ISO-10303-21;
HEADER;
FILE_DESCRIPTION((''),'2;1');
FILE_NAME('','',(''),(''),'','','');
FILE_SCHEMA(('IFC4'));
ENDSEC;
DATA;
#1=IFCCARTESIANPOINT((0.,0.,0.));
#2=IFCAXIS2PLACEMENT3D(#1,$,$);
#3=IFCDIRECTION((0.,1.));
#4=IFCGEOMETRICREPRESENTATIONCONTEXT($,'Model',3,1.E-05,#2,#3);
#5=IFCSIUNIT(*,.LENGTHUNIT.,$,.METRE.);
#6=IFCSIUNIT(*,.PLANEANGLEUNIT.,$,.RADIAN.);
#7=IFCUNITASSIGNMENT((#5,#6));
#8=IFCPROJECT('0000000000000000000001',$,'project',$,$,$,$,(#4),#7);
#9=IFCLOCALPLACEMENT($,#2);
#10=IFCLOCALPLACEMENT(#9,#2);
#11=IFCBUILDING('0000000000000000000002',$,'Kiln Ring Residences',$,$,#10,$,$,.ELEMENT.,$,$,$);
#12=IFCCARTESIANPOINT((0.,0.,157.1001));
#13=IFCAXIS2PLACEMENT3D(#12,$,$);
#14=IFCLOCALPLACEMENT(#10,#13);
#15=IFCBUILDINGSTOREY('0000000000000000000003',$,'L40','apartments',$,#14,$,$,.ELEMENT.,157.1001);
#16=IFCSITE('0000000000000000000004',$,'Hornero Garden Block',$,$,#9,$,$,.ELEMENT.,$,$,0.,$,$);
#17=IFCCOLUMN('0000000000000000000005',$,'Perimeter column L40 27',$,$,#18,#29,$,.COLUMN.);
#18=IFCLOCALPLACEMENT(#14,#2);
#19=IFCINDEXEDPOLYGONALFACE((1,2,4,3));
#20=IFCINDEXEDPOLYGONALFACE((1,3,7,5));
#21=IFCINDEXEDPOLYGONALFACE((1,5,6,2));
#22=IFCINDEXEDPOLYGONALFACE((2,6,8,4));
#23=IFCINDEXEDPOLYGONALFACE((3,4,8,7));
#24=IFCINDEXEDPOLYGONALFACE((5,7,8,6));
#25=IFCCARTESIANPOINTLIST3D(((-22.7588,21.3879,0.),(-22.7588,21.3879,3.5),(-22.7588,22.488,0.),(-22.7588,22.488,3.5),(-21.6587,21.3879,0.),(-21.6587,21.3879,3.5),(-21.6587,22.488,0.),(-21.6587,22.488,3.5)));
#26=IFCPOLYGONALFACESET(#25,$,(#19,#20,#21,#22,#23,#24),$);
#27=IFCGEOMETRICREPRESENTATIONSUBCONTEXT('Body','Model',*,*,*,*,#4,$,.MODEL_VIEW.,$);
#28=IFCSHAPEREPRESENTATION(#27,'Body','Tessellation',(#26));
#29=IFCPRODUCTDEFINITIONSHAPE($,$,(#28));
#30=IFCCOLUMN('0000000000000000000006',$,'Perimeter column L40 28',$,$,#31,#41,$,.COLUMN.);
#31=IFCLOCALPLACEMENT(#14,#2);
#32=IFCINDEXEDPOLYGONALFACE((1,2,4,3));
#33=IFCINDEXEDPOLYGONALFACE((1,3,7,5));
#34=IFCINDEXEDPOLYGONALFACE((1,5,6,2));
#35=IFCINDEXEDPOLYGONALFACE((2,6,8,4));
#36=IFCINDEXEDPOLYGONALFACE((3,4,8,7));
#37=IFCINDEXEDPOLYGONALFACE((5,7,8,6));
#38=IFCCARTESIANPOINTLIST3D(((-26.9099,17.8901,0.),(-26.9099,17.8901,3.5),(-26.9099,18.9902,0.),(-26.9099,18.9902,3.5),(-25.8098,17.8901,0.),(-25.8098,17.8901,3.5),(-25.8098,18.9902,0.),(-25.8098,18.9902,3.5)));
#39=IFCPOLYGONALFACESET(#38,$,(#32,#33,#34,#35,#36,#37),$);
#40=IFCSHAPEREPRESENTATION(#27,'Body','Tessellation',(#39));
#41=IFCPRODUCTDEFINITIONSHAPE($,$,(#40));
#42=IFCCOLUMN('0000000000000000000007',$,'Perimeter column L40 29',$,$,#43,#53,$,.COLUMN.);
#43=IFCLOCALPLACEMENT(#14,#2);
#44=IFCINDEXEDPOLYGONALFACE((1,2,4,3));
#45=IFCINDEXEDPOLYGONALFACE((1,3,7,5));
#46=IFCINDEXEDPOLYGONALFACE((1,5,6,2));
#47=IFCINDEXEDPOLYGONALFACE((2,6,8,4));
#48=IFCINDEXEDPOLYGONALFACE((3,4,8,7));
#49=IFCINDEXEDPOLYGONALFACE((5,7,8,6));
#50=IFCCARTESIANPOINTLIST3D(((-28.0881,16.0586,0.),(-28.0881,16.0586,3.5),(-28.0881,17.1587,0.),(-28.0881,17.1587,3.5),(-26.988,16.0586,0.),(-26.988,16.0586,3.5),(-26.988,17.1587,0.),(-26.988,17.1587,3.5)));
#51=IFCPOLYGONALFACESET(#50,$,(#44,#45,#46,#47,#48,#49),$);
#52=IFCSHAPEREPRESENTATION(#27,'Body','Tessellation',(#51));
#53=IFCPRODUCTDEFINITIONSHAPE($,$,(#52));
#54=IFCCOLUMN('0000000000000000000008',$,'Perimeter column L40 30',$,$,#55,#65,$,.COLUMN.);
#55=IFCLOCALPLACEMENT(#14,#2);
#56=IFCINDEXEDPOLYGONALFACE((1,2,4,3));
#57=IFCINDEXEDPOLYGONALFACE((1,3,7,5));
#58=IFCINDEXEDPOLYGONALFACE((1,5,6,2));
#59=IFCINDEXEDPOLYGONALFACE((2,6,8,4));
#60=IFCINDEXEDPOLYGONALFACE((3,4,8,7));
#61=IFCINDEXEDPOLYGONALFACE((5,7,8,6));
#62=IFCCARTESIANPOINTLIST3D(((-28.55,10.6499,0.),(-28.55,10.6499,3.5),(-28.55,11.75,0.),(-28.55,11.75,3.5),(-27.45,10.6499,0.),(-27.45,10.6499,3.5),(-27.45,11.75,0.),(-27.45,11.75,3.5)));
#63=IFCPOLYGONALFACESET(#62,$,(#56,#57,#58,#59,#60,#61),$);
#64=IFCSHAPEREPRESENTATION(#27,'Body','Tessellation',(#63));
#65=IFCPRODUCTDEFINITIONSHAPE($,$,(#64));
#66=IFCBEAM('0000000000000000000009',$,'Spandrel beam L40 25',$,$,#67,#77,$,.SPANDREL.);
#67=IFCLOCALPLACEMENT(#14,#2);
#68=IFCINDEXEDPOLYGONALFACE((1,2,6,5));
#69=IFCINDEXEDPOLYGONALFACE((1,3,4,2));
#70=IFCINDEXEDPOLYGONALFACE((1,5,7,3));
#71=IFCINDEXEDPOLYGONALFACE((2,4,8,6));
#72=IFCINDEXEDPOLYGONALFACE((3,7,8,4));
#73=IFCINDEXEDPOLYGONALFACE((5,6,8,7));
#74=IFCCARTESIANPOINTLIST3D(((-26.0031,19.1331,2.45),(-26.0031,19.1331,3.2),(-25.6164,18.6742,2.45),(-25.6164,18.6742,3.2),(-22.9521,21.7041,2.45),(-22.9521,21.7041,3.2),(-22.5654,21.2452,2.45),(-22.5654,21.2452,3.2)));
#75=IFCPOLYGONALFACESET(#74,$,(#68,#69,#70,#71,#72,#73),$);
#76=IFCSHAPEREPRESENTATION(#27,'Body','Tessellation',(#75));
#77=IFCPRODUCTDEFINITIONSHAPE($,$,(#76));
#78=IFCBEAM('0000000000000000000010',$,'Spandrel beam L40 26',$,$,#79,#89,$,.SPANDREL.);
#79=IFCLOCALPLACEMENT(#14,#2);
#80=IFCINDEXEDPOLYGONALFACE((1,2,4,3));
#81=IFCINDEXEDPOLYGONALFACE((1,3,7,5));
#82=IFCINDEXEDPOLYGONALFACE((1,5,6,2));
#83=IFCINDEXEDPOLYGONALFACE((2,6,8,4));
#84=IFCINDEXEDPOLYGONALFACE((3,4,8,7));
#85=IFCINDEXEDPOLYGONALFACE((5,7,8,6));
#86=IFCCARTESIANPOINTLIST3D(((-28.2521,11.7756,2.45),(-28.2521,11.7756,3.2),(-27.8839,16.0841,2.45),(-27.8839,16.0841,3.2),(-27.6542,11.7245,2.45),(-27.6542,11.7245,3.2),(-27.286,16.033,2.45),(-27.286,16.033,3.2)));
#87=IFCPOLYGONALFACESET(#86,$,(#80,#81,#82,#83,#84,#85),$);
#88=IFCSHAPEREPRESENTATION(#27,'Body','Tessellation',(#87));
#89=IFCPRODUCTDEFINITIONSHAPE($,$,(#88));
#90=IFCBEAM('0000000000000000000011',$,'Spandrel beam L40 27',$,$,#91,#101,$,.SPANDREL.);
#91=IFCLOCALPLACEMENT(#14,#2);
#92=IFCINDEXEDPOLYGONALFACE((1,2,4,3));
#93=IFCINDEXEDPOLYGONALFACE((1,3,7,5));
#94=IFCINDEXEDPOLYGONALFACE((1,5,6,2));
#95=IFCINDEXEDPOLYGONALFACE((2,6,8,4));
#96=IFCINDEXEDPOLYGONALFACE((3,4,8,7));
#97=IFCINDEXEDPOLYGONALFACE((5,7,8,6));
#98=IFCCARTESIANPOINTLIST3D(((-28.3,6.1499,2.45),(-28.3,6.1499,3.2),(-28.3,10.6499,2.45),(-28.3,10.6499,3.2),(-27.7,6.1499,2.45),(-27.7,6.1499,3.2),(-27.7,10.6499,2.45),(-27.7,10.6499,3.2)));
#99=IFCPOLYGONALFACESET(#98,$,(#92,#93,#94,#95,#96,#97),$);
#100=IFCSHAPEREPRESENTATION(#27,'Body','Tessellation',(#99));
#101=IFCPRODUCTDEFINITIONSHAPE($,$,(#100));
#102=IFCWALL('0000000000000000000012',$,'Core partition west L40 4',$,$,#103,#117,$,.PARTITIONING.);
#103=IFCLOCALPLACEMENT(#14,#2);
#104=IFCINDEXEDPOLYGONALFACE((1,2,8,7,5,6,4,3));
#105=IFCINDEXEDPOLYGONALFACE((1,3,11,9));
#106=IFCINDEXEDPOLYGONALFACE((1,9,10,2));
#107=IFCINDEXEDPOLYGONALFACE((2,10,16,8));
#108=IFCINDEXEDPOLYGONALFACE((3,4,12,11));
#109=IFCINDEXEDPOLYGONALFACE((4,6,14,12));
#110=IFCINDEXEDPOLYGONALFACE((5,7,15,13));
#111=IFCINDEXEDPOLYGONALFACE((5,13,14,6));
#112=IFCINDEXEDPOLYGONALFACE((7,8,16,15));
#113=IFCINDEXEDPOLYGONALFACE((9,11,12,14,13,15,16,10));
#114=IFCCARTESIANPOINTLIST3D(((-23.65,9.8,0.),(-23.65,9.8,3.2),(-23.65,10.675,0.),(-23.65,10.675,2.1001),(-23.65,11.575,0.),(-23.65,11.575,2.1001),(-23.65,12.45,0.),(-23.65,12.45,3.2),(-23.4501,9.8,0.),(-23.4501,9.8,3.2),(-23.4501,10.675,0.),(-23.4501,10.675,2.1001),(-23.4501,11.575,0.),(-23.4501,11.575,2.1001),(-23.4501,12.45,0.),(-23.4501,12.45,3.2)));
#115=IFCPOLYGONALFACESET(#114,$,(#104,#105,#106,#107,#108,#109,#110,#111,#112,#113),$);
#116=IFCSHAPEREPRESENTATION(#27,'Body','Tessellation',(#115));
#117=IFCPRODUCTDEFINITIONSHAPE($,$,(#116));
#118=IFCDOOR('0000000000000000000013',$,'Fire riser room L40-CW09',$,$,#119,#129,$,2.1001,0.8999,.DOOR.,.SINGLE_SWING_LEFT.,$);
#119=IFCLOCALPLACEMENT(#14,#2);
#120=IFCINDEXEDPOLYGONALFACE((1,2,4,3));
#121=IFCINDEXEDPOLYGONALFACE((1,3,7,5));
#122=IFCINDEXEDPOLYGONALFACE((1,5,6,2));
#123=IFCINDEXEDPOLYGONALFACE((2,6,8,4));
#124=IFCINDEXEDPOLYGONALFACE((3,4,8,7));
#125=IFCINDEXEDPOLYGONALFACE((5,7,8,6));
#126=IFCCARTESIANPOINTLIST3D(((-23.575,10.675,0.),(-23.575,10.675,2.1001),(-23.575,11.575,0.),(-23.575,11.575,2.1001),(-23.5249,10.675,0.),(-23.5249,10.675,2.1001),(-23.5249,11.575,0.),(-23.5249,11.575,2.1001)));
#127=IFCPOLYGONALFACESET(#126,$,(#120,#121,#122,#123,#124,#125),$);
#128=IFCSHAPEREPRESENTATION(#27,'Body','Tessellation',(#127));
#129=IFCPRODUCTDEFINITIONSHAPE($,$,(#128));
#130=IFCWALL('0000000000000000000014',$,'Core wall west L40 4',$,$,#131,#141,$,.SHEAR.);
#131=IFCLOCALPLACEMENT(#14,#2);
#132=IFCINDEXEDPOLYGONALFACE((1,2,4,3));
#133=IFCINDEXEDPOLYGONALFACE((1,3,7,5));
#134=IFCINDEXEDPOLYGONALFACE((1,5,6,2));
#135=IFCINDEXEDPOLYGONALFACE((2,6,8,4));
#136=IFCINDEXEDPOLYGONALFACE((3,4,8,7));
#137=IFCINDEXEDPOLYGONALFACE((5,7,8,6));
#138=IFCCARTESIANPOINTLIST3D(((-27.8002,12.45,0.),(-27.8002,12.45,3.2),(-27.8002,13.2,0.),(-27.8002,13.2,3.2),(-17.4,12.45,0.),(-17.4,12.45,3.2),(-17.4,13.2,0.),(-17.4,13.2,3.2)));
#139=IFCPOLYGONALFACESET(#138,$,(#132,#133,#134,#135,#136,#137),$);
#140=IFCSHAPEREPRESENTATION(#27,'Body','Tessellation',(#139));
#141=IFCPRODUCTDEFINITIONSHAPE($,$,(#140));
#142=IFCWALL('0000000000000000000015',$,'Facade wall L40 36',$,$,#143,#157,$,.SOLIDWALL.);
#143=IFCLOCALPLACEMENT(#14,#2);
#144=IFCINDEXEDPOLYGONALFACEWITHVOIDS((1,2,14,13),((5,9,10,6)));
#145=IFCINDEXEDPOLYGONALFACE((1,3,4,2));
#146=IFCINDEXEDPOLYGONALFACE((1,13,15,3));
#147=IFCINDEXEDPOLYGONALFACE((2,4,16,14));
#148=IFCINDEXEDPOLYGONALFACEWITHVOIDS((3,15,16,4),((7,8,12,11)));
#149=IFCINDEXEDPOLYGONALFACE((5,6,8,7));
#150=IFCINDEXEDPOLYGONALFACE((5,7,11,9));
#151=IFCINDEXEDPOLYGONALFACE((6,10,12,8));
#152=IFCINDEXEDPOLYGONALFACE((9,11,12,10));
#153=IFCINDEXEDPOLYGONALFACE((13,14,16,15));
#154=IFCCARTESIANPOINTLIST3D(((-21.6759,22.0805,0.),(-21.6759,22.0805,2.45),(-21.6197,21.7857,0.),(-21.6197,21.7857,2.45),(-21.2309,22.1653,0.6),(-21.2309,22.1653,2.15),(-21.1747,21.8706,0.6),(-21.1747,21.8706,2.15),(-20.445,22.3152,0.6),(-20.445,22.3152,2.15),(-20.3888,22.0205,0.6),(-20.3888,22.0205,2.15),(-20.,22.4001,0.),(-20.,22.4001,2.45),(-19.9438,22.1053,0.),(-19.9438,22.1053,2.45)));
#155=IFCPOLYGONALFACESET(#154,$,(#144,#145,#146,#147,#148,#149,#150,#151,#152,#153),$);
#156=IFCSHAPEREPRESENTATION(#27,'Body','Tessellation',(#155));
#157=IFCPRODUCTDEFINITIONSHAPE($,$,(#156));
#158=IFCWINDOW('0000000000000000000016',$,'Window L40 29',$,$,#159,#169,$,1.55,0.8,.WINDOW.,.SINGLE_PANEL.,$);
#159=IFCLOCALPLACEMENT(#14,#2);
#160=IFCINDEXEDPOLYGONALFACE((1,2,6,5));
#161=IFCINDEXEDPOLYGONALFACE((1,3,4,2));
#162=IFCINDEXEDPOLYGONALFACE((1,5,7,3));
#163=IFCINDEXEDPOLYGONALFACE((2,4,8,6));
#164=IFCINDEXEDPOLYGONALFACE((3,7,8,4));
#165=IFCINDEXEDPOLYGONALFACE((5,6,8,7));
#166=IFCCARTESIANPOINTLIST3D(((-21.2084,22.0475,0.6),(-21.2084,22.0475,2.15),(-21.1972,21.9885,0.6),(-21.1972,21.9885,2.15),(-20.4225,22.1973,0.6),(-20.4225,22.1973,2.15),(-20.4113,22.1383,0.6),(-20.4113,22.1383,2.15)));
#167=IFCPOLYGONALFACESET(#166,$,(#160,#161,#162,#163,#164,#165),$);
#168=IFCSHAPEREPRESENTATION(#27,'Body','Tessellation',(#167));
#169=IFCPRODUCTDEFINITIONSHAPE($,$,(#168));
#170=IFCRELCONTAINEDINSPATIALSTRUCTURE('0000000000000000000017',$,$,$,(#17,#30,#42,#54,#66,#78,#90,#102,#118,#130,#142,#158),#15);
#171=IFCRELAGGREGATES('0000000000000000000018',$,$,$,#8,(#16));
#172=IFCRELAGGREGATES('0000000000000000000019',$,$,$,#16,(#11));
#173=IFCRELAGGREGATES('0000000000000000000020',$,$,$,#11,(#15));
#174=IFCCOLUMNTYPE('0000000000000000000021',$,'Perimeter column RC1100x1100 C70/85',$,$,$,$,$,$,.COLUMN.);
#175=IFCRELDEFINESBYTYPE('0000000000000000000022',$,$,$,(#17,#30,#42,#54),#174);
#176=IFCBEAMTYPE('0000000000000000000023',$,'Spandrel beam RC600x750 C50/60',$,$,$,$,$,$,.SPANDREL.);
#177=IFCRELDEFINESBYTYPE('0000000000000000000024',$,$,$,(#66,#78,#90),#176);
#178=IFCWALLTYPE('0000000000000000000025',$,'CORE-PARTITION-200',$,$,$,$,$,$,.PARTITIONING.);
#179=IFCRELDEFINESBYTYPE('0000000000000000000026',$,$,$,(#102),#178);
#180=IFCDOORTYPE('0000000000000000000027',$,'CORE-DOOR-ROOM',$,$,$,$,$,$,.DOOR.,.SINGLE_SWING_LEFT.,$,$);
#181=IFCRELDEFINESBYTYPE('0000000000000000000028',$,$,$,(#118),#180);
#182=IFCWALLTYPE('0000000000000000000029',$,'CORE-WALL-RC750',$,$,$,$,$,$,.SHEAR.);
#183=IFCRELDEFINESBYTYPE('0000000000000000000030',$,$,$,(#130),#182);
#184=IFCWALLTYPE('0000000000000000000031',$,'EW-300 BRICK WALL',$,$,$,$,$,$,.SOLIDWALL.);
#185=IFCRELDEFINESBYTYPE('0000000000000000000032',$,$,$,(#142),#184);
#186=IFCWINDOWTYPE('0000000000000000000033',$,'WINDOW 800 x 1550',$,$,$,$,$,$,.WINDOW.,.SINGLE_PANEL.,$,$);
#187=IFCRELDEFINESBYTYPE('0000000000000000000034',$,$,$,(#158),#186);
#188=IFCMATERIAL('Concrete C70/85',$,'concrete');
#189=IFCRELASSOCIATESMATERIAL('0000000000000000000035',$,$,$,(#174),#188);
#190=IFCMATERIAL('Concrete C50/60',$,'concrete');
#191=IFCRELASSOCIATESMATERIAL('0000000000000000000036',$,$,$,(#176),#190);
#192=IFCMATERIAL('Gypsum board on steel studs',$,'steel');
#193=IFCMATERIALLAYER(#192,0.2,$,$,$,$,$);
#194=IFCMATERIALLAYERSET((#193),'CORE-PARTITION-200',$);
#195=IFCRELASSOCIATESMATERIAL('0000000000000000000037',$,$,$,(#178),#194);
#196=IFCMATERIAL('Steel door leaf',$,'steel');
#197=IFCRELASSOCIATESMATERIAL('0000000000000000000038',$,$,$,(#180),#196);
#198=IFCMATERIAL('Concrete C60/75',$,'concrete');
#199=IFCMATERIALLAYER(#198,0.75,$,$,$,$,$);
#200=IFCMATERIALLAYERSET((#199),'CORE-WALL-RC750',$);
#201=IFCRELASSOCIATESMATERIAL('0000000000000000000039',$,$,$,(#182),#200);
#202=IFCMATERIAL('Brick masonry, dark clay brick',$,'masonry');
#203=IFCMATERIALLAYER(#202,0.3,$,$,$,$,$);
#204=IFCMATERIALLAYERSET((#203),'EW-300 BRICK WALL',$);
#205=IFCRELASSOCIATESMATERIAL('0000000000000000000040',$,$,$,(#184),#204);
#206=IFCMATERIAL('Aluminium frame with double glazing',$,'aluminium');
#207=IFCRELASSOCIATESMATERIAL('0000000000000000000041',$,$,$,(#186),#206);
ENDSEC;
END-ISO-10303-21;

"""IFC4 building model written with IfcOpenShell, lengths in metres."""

from ifc_helpers import new_model, si_unit, direction, frame, frame_2d, origin, origin_2d, place, context, subcontext, project, spatial, rectangle, extrude, material, layer, layer_set, material_profile, profile_set, type_object, element, fill, save


model = new_model("IFC4")

# Units and contexts
model_context = context("Model", 3, precision=1e-05, world=origin(), true_north=direction((0.0, 1.0)))
body_context = subcontext(model_context, "Body", "Model", "MODEL_VIEW")
ifc_project = project(units=[si_unit("LENGTHUNIT", "METRE"), si_unit("PLANEANGLEUNIT", "RADIAN")], contexts=[model_context])

# Site, building, storey
site_placement = place(None, origin())
site = spatial("IfcSite", under=ifc_project, at=site_placement, Name="Hornero Garden Block", CompositionType="ELEMENT", RefElevation=0.0)
building_placement = place(site_placement, origin())
building = spatial("IfcBuilding", under=site, at=building_placement, Name="Kiln Ring Residences", CompositionType="ELEMENT")
storey_placement = place(building_placement, frame((0.0, 0.0, 157.1001)))
storey = spatial("IfcBuildingStorey", under=building, at=storey_placement, Name="L40", Description="apartments", CompositionType="ELEMENT", Elevation=157.1001)

# Columns
ifc_material_1 = material(Name="Concrete C70/85", Category="concrete")
ifc_material_profile_1 = material_profile(ifc_material_1, rectangle(XDim=1.1001, YDim=1.1001, at=origin_2d()), Name="RC1100x1100")
ifc_profile_set_1 = profile_set([ifc_material_profile_1], Name="Concrete C70/85")
column_type = type_object("IfcColumnType", Name="Perimeter column RC1100x1100 C70/85", PredefinedType="COLUMN", material=ifc_profile_set_1)
for number, where, z_axis, x_axis, name in (
    (1, (-22.2087, 21.938, 0.0), (0.0, 0.0, 1.0), (1.0, 0.0, 0.0), "Perimeter column L40 27"),
    (2, (-26.3599, 18.4402, 0.0), (0.0, 0.0, 1.0), (1.0, 0.0, 0.0), "Perimeter column L40 28"),
    (3, (-27.5381, 16.6086, 0.0), (0.0, 0.0, 1.0), (1.0, 0.0, 0.0), "Perimeter column L40 29"),
    (4, (-28.0, 11.2, 0.0), (0.0, 0.0, 1.0), (1.0, 0.0, 0.0), "Perimeter column L40 30"),
):
    element("IfcColumn", number, at=place(storey_placement, frame(where, z_axis=z_axis, x_axis=x_axis)), inside=storey, type_object=column_type, Name=name, PredefinedType="COLUMN", context=body_context, shape_type="SweptSolid", body=[
        extrude(rectangle(XDim=1.1001, YDim=1.1001, at=origin_2d()), origin(), (0.0, 0.0, 1.0), 3.5),
    ])

# Beams
ifc_material_2 = material(Name="Concrete C50/60", Category="concrete")
ifc_material_profile_2 = material_profile(ifc_material_2, rectangle(XDim=0.6001, YDim=0.75, at=origin_2d()), Name="RC600x750")
ifc_profile_set_2 = profile_set([ifc_material_profile_2], Name="Concrete C50/60")
beam_type = type_object("IfcBeamType", Name="Spandrel beam RC600x750 C50/60", PredefinedType="SPANDREL", material=ifc_profile_set_2)
beam_1_placement = place(storey_placement, frame((-22.7588, 21.4746, 2.825), z_axis=(-0.764694, -0.644394, 0.0), x_axis=(0.644394, -0.764694, 0.0)))
element("IfcBeam", 5, at=beam_1_placement, inside=storey, type_object=beam_type, Name="Spandrel beam L40 25", PredefinedType="SPANDREL", context=body_context, shape_type="SweptSolid", body=[
    extrude(rectangle(XDim=0.6001, YDim=0.75, at=origin_2d()), origin(), (0.0, 0.0, 1.0), 3.9897),
])
beam_2_placement = place(storey_placement, frame((-27.585, 16.0586, 2.825), z_axis=(-0.085139, -0.996369, 0.0), x_axis=(0.996369, -0.085139, 0.0)))
element("IfcBeam", 6, at=beam_2_placement, inside=storey, type_object=beam_type, Name="Spandrel beam L40 26", PredefinedType="SPANDREL", context=body_context, shape_type="SweptSolid", body=[
    extrude(rectangle(XDim=0.6001, YDim=0.75, at=origin_2d()), origin(), (0.0, 0.0, 1.0), 4.3242),
])
beam_3_placement = place(storey_placement, frame((-28.0, 10.6499, 2.825), z_axis=(0.0, -1.0, 0.0), x_axis=(1.0, 0.0, 0.0)))
element("IfcBeam", 7, at=beam_3_placement, inside=storey, type_object=beam_type, Name="Spandrel beam L40 27", PredefinedType="SPANDREL", context=body_context, shape_type="SweptSolid", body=[
    extrude(rectangle(XDim=0.6001, YDim=0.75, at=origin_2d()), origin(), (0.0, 0.0, 1.0), 4.5),
])

# Wall, opening, door
ifc_material_3 = material(Name="Gypsum board on steel studs", Category="steel")
ifc_layer_1 = layer(ifc_material_3, 0.2)
ifc_layer_set_1 = layer_set([ifc_layer_1], Name="CORE-PARTITION-200")
wall_type_1 = type_object("IfcWallType", Name="CORE-PARTITION-200", PredefinedType="PARTITIONING", material=ifc_layer_set_1)
wall_1_placement = place(storey_placement, frame((-23.55, 9.8, 0.0), z_axis=(0.0, 0.0, 1.0), x_axis=(0.0, 1.0, 0.0)))
wall_1 = element("IfcWall", 8, at=wall_1_placement, inside=storey, type_object=wall_type_1, Name="Core partition west L40 4", PredefinedType="PARTITIONING", context=body_context, shape_type="SweptSolid", body=[
    extrude(rectangle(XDim=2.6499, YDim=0.2, at=frame_2d((1.325, 0.0))), origin(), (0.0, 0.0, 1.0), 3.2),
])
opening_1_placement = place(wall_1_placement, frame((0.875, 0.0, 0.0)))
opening_1 = element("IfcOpeningElement", 9, at=opening_1_placement, cuts=wall_1, PredefinedType="OPENING", context=body_context, shape_type="SweptSolid", body=[
    extrude(rectangle(XDim=0.8999, YDim=2.1001, at=frame_2d((0.45, 1.05))), frame((0.0, 0.1099, 0.0), z_axis=(0.0, -1.0, 0.0), x_axis=(1.0, 0.0, 0.0)), (0.0, 0.0, 1.0), 0.22),
])
ifc_material_4 = material(Name="Steel door leaf", Category="steel")
door_type_1 = type_object("IfcDoorType", Name="CORE-DOOR-ROOM", OperationType="SINGLE_SWING_LEFT", PredefinedType="DOOR", material=ifc_material_4)
door_1_placement = place(opening_1_placement, origin())
door_1 = element("IfcDoor", 10, at=door_1_placement, inside=storey, type_object=door_type_1, Name="Fire riser room L40-CW09", OperationType="SINGLE_SWING_LEFT", OverallHeight=2.1001, OverallWidth=0.8999, PredefinedType="DOOR", context=body_context, shape_type="SweptSolid", body=[
    extrude(rectangle(XDim=0.8999, YDim=2.1001, at=frame_2d((0.45, 1.05))), frame((0.0, 0.0249, 0.0), z_axis=(0.0, -1.0, 0.0), x_axis=(1.0, 0.0, 0.0)), (0.0, 0.0, 1.0), 0.05),
])
fill(opening_1, door_1)

# Wall
ifc_material_5 = material(Name="Concrete C60/75", Category="concrete")
ifc_layer_2 = layer(ifc_material_5, 0.75)
ifc_layer_set_2 = layer_set([ifc_layer_2], Name="CORE-WALL-RC750")
wall_type_2 = type_object("IfcWallType", Name="CORE-WALL-RC750", PredefinedType="SHEAR", material=ifc_layer_set_2)
wall_2_placement = place(storey_placement, frame((-17.3999, 12.825, 0.0), z_axis=(0.0, 0.0, 1.0), x_axis=(-1.0, 0.0, 0.0)))
element("IfcWall", 11, at=wall_2_placement, inside=storey, type_object=wall_type_2, Name="Core wall west L40 4", PredefinedType="SHEAR", context=body_context, shape_type="SweptSolid", body=[
    extrude(rectangle(XDim=10.4001, YDim=0.75, at=frame_2d((5.2002, 0.0))), origin(), (0.0, 0.0, 1.0), 3.2),
])

# Wall, opening, window
ifc_material_6 = material(Name="Brick masonry, dark clay brick", Category="masonry")
ifc_layer_3 = layer(ifc_material_6, 0.3)
ifc_layer_set_3 = layer_set([ifc_layer_3], Name="EW-300 BRICK WALL")
wall_type_3 = type_object("IfcWallType", Name="EW-300 BRICK WALL", PredefinedType="SOLIDWALL", material=ifc_layer_set_3)
wall_3_placement = place(storey_placement, frame((-19.9719, 22.2527, 0.0), z_axis=(0.0, 0.0, 1.0), x_axis=(-0.982297, -0.187329, 0.0)))
wall_3 = element("IfcWall", 12, at=wall_3_placement, inside=storey, type_object=wall_type_3, Name="Facade wall L40 36", PredefinedType="SOLIDWALL", context=body_context, shape_type="SweptSolid", body=[
    extrude(rectangle(XDim=1.7061, YDim=0.3, at=frame_2d((0.853, 0.0))), origin(), (0.0, 0.0, 1.0), 2.45),
])
opening_2_placement = place(wall_3_placement, frame((0.4531, 0.0, 0.6001)))
opening_2 = element("IfcOpeningElement", 13, at=opening_2_placement, cuts=wall_3, PredefinedType="OPENING", context=body_context, shape_type="SweptSolid", body=[
    extrude(rectangle(XDim=0.8, YDim=1.55, at=frame_2d((0.3999, 0.7749))), frame((0.0, 0.1599, 0.0), z_axis=(0.0, -1.0, 0.0), x_axis=(1.0, 0.0, 0.0)), (0.0, 0.0, 1.0), 0.3201),
])
ifc_material_7 = material(Name="Aluminium frame with double glazing", Category="aluminium")
window_type_1 = type_object("IfcWindowType", Name="WINDOW 800 x 1550", PartitioningType="SINGLE_PANEL", PredefinedType="WINDOW", material=ifc_material_7)
window_1_placement = place(opening_2_placement, origin())
window_1 = element("IfcWindow", 14, at=window_1_placement, inside=storey, type_object=window_type_1, Name="Window L40 29", OverallHeight=1.55, OverallWidth=0.8, PartitioningType="SINGLE_PANEL", PredefinedType="WINDOW", context=body_context, shape_type="SweptSolid", body=[
    extrude(rectangle(XDim=0.8, YDim=1.55, at=frame_2d((0.3999, 0.7749))), frame((0.0, 0.03, 0.0), z_axis=(0.0, -1.0, 0.0), x_axis=(1.0, 0.0, 0.0)), (0.0, 0.0, 1.0), 0.0601),
])
fill(opening_2, window_1)

save(model, "model.ifc")
